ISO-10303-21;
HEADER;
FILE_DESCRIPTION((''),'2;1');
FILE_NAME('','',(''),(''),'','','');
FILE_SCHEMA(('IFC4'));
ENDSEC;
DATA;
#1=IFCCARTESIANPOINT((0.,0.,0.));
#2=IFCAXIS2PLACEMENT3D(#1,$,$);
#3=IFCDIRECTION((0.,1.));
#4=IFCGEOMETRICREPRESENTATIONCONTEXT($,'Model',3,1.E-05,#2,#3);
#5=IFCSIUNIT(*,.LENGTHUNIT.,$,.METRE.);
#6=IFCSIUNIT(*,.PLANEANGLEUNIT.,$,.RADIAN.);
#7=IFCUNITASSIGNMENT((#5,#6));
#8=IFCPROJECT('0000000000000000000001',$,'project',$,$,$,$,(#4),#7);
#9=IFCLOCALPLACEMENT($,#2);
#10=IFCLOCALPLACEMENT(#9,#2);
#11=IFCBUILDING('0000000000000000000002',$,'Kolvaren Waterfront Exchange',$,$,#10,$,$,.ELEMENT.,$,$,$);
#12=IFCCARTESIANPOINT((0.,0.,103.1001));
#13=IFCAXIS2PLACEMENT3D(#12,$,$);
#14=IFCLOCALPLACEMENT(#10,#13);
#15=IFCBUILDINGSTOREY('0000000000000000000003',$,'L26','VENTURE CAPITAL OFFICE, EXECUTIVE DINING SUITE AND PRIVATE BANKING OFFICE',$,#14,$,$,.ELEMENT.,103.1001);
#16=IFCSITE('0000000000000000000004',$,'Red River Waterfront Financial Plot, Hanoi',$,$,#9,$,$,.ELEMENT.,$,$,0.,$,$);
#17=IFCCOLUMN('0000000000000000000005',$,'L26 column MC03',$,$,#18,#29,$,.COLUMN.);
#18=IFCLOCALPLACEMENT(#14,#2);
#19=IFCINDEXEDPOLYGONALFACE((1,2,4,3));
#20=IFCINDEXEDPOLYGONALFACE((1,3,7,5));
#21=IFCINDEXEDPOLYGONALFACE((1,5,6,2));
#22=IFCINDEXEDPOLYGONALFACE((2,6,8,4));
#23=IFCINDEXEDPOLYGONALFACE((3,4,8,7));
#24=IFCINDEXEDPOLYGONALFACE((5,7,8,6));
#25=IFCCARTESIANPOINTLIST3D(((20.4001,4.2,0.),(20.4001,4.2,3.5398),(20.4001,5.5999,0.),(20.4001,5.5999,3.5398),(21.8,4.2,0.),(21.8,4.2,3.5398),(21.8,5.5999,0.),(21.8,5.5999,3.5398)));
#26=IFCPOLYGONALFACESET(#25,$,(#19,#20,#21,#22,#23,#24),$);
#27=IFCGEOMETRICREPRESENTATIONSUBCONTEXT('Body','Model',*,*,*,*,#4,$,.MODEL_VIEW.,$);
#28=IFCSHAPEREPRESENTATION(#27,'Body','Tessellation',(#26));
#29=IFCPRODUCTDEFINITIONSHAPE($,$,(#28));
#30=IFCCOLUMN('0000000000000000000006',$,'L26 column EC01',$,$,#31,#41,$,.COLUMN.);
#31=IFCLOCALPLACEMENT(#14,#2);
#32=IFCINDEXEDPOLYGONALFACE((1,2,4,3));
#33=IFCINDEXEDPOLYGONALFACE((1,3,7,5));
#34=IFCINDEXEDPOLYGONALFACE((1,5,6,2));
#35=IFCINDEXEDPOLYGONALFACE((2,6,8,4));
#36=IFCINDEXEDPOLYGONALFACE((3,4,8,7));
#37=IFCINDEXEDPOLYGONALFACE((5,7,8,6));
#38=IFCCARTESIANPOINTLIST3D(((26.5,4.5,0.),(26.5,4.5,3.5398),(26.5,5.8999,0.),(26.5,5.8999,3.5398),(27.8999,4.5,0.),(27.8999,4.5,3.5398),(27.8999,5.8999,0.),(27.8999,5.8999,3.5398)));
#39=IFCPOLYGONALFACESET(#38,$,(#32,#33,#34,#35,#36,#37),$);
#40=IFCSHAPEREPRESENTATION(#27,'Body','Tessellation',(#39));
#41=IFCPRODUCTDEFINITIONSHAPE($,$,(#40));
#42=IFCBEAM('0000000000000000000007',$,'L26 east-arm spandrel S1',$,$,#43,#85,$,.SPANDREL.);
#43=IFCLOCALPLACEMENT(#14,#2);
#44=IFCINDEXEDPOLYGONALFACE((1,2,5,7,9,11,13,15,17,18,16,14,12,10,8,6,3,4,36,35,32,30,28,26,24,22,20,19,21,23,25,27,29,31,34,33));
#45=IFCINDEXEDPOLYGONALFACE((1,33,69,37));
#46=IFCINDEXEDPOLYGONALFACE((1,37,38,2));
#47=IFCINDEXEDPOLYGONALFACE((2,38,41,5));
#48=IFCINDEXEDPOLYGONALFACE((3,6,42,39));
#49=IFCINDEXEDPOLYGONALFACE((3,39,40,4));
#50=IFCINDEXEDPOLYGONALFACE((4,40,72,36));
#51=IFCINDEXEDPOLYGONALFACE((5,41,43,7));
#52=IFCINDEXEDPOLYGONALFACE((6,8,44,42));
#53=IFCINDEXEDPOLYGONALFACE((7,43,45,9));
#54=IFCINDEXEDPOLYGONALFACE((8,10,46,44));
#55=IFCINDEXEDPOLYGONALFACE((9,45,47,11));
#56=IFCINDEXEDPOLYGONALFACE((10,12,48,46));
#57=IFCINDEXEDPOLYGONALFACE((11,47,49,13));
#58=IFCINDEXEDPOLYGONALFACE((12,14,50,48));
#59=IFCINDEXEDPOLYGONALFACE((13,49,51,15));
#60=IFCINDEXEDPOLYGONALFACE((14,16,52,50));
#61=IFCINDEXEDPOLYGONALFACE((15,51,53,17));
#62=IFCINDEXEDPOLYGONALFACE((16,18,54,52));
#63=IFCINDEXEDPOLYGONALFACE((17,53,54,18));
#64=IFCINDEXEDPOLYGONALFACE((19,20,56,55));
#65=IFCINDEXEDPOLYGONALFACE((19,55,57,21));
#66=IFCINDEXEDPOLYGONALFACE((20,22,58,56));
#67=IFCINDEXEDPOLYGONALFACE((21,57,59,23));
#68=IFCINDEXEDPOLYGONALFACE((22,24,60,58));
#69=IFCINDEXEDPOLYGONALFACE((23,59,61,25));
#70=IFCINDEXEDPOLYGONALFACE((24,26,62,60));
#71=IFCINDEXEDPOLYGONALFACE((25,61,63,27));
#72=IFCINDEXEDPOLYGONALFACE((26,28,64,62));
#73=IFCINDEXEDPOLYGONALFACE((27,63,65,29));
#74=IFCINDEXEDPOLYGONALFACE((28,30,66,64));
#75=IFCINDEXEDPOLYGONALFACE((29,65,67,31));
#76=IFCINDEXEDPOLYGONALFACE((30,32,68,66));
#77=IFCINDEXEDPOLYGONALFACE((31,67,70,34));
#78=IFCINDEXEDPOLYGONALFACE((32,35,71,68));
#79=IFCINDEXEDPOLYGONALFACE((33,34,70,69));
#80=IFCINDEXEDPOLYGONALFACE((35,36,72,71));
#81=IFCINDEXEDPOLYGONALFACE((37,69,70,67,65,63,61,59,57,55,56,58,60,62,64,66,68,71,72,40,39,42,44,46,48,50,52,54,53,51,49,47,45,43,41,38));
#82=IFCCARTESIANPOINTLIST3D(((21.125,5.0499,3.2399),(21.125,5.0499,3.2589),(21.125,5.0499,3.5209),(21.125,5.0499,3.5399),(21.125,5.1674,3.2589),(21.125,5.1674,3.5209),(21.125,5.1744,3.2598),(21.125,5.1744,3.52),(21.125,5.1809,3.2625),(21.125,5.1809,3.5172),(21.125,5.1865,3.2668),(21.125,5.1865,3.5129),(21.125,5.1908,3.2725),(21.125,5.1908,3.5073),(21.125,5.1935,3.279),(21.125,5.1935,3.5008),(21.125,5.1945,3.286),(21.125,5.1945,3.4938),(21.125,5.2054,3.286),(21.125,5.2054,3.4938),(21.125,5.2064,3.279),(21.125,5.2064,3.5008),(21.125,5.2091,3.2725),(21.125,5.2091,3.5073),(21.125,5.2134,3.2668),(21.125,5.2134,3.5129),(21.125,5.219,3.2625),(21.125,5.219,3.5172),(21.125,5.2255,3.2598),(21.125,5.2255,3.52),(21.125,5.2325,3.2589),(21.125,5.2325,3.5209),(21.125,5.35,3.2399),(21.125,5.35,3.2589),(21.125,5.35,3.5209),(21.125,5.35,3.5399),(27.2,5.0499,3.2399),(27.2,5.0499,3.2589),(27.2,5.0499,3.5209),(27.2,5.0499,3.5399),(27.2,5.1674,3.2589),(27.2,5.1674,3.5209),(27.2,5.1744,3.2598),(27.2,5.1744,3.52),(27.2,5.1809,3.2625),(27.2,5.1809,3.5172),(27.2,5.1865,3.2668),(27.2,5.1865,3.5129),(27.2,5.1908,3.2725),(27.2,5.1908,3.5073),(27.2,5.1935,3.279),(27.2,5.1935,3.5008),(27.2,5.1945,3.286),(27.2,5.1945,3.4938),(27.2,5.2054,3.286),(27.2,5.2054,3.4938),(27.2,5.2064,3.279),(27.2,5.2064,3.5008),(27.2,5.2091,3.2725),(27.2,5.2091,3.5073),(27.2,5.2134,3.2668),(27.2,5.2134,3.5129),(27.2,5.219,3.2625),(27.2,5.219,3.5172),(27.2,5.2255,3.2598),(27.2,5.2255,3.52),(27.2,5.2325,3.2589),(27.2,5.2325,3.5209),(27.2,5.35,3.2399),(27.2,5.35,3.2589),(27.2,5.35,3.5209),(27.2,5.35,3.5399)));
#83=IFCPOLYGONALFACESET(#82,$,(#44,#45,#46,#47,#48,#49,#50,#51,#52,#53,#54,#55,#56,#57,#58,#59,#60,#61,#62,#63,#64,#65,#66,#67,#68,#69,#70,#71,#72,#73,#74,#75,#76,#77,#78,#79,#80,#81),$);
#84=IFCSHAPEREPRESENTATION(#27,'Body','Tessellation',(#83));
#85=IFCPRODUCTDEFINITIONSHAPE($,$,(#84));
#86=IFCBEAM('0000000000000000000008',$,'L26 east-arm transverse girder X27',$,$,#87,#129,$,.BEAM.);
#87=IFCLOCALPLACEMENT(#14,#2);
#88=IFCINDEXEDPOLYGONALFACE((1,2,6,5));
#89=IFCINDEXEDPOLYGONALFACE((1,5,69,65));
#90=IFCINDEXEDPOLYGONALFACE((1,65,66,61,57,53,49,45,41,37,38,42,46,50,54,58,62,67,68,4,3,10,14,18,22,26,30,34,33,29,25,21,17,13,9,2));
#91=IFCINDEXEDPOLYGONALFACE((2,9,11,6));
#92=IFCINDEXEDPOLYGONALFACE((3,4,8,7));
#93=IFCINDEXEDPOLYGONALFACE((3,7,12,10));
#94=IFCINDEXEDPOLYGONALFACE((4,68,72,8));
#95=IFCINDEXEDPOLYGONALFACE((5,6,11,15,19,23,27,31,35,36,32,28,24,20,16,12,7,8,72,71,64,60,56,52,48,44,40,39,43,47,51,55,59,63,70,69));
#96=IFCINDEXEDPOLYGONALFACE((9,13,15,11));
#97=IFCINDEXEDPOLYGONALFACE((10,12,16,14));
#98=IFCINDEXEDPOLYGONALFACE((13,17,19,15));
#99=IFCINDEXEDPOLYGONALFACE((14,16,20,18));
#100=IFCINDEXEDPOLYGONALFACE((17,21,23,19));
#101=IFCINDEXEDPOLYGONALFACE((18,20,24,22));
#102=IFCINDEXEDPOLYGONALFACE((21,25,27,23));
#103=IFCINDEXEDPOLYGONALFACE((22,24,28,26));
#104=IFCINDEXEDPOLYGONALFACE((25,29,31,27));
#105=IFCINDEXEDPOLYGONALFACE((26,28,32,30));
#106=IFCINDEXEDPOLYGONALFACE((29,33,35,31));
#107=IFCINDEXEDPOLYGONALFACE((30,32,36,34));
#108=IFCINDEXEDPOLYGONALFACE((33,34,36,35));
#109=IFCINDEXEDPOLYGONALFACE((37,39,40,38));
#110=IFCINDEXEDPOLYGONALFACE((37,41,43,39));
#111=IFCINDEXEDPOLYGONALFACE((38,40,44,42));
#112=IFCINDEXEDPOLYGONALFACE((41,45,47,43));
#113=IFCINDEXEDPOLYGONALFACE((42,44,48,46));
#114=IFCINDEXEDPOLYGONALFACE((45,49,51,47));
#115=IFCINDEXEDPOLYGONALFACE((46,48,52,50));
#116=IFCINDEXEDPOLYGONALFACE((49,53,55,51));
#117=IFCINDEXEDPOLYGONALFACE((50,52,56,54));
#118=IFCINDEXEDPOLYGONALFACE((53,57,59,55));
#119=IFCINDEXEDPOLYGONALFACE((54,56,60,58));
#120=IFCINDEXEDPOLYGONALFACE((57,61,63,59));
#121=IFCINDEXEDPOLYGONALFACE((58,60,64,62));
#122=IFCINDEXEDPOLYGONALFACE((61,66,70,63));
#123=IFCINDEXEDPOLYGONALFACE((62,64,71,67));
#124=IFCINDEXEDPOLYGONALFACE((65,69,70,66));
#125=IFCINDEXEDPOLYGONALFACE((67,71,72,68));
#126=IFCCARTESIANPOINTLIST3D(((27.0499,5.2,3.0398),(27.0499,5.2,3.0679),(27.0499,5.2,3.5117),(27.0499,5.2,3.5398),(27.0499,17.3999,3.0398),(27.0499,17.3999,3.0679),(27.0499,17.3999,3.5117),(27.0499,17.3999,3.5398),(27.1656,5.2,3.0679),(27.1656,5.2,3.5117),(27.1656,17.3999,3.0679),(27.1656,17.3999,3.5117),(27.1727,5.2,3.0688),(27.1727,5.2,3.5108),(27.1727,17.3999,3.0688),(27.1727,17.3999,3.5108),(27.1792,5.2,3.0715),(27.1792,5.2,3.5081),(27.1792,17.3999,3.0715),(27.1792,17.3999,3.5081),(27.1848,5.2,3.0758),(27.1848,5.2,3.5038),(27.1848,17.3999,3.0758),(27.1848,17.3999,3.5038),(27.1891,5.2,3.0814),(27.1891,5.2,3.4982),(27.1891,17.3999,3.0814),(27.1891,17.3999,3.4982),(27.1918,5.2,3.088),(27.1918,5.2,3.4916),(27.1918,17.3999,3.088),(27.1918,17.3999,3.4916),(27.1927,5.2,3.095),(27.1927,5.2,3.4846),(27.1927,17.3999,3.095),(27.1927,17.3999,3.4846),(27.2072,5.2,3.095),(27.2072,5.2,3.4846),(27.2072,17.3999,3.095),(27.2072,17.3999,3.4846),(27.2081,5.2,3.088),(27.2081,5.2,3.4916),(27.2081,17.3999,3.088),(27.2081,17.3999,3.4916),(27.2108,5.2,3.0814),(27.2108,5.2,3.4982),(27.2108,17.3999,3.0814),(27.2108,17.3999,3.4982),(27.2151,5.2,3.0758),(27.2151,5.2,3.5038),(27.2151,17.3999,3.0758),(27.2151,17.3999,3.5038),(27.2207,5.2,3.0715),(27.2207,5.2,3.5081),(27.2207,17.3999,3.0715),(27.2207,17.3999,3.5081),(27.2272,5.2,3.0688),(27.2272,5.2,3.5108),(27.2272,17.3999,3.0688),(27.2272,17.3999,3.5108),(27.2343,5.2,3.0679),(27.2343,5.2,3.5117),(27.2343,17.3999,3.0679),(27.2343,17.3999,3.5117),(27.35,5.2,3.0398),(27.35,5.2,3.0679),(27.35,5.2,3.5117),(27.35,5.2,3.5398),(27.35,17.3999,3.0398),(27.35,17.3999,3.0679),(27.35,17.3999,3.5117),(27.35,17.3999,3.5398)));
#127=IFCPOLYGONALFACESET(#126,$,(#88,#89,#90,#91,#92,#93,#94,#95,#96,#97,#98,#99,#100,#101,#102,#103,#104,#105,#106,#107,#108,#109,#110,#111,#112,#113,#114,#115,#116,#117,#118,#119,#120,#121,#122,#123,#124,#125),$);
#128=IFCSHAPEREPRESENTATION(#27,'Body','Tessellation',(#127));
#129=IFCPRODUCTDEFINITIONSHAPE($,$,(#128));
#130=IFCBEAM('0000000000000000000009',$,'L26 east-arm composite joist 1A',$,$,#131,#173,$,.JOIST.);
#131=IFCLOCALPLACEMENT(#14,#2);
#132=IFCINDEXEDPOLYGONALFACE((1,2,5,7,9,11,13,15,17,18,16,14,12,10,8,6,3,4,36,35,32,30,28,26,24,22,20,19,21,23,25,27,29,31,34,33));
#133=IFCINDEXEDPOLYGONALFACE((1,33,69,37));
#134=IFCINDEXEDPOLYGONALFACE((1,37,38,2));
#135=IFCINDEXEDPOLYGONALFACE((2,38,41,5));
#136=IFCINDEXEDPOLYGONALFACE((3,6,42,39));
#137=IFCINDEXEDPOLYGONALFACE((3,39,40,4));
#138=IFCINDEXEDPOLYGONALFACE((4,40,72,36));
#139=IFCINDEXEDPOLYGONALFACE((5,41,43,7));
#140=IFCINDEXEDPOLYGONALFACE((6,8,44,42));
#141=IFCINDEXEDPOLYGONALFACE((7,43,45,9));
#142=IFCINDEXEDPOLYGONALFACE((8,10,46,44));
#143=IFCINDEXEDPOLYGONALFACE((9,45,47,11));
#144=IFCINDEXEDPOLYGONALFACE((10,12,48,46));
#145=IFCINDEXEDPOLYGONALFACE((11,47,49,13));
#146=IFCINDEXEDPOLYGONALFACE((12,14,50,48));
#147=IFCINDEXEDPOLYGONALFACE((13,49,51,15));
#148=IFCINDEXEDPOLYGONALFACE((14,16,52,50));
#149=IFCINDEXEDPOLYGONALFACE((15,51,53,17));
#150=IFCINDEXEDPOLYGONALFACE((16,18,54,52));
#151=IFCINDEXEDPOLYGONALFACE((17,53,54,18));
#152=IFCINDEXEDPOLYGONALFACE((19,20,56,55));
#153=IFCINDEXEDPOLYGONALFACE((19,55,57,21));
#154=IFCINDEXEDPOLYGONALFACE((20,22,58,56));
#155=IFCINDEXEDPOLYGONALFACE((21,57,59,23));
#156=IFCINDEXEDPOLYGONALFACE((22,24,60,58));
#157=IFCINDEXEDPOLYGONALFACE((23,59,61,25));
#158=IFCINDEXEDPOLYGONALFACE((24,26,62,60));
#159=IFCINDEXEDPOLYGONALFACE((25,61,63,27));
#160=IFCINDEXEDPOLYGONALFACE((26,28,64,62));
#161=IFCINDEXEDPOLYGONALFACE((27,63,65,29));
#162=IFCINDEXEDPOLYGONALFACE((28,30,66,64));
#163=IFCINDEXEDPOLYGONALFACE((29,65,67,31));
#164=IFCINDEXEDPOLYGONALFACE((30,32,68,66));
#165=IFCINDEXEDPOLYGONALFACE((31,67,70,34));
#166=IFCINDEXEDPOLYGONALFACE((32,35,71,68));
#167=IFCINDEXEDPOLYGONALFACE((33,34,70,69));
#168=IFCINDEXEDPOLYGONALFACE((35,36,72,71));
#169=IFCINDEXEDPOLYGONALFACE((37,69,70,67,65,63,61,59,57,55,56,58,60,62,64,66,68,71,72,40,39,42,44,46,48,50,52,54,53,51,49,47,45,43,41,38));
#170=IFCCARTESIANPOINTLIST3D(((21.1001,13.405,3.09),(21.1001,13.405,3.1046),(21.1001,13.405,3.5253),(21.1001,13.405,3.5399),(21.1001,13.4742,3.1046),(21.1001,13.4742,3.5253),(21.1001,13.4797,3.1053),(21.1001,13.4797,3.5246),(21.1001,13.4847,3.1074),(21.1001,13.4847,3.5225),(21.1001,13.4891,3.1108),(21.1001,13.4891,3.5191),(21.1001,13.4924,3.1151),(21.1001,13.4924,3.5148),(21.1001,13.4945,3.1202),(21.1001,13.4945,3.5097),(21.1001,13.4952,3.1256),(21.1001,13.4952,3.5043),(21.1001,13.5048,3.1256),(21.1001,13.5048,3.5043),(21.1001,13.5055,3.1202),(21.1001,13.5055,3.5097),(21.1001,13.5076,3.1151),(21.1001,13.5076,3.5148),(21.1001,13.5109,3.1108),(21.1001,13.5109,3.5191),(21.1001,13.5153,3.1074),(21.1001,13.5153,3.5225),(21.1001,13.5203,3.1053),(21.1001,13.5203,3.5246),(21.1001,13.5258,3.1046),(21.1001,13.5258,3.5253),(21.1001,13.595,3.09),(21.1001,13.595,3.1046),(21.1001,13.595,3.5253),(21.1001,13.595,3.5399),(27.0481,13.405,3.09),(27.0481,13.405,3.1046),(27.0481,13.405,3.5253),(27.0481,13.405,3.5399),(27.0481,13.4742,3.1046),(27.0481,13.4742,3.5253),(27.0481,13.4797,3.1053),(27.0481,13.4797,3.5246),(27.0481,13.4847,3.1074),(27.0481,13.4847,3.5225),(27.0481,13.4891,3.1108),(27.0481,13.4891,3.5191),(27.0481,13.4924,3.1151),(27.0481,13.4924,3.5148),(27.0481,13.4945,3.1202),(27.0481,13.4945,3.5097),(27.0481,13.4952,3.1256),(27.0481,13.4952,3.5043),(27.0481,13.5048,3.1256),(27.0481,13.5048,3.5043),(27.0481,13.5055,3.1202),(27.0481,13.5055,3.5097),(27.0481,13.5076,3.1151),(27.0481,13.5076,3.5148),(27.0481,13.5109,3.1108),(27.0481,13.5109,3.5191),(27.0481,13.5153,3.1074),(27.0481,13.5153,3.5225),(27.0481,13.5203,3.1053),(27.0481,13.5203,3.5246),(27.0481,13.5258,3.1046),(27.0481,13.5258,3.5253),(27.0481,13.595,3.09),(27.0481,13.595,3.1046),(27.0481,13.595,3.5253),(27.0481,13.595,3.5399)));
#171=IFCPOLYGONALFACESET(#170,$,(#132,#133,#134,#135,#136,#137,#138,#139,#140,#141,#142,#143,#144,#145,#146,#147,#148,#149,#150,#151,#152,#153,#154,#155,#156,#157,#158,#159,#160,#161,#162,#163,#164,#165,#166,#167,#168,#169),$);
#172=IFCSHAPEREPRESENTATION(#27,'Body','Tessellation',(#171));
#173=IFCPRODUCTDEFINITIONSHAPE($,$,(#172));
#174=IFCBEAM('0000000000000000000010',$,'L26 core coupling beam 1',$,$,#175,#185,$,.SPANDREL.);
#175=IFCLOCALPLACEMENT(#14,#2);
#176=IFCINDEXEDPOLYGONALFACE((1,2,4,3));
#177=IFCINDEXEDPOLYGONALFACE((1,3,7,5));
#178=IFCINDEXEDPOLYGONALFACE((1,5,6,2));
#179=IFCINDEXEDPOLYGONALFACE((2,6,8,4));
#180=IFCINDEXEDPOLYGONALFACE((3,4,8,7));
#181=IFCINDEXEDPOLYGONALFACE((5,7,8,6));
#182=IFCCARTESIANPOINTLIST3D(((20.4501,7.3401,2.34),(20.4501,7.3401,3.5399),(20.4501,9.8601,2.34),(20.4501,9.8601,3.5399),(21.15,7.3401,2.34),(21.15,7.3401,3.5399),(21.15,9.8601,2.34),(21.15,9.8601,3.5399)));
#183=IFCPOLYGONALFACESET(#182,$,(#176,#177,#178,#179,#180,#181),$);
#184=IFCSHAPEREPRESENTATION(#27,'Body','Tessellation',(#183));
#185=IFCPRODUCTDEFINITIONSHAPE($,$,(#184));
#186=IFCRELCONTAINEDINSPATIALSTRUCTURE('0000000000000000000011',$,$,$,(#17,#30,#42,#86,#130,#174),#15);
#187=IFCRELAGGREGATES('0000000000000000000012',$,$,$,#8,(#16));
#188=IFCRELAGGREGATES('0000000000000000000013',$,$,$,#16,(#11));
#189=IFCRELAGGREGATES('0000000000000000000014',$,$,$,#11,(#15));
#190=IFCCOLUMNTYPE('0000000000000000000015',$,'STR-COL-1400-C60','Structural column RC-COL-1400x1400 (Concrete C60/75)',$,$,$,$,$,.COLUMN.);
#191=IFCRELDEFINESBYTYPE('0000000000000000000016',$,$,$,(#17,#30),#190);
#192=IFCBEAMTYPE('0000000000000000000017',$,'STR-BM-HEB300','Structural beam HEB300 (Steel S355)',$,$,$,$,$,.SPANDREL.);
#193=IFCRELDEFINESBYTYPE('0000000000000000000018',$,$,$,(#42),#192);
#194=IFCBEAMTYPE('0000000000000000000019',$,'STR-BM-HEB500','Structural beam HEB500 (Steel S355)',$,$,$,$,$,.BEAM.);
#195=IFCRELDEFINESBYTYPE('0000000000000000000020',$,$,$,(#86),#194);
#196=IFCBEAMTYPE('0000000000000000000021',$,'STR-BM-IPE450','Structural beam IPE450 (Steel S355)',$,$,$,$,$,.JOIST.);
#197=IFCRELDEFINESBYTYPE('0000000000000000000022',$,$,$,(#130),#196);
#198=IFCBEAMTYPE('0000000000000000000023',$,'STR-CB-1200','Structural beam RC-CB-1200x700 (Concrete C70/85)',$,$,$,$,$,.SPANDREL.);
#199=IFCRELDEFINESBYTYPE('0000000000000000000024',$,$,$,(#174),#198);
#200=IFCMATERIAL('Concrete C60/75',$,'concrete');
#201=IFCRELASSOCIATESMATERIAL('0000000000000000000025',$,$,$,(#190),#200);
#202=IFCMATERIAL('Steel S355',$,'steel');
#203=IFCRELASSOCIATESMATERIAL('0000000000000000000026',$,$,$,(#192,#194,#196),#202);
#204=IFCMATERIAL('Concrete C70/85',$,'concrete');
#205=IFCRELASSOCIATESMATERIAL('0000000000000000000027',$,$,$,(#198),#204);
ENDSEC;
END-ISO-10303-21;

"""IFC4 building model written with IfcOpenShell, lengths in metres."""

from ifc_helpers import new_model, si_unit, direction, frame, origin, origin_2d, place, context, subcontext, project, spatial, rectangle, i_section, extrude, material, material_profile, profile_set, type_object, element, save


model = new_model("IFC4")

# Units and contexts
model_context = context("Model", 3, precision=1e-05, world=origin(), true_north=direction((0.0, 1.0)))
body_context = subcontext(model_context, "Body", "Model", "MODEL_VIEW")
ifc_project = project(units=[si_unit("LENGTHUNIT", "METRE"), si_unit("PLANEANGLEUNIT", "RADIAN")], contexts=[model_context])

# Site, building, storey
site_placement = place(None, origin())
site = spatial("IfcSite", under=ifc_project, at=site_placement, Name="Red River Waterfront Financial Plot, Hanoi", CompositionType="ELEMENT", RefElevation=0.0)
building_placement = place(site_placement, origin())
building = spatial("IfcBuilding", under=site, at=building_placement, Name="Kolvaren Waterfront Exchange", CompositionType="ELEMENT")
storey_placement = place(building_placement, frame((0.0, 0.0, 103.1001)))
storey = spatial("IfcBuildingStorey", under=building, at=storey_placement, Name="L26", Description="VENTURE CAPITAL OFFICE, EXECUTIVE DINING SUITE AND PRIVATE BANKING OFFICE", CompositionType="ELEMENT", Elevation=103.1001)

# Columns
ifc_material_1 = material(Name="Concrete C60/75", Category="concrete")
ifc_material_profile_1 = material_profile(ifc_material_1, rectangle(XDim=1.3999, YDim=1.3999, at=origin_2d()), Name="RC-COL-1400x1400")
ifc_profile_set_1 = profile_set([ifc_material_profile_1], Name="Concrete C60/75")
column_type = type_object("IfcColumnType", Name="STR-COL-1400-C60", Description="Structural column RC-COL-1400x1400 (Concrete C60/75)", PredefinedType="COLUMN", material=ifc_profile_set_1)
for number, where, z_axis, x_axis, name in (
    (1, (21.1001, 4.8999, 0.0), (0.0, 0.0, 1.0), (1.0, 0.0, 0.0), "L26 column MC03"),
    (2, (27.2, 5.2, 0.0), (0.0, 0.0, 1.0), (1.0, 0.0, 0.0), "L26 column EC01"),
):
    element("IfcColumn", number, at=place(storey_placement, frame(where, z_axis=z_axis, x_axis=x_axis)), inside=storey, type_object=column_type, Name=name, PredefinedType="COLUMN", context=body_context, shape_type="SweptSolid", body=[
        extrude(rectangle(XDim=1.3999, YDim=1.3999, at=origin_2d()), origin(), (0.0, 0.0, 1.0), 3.5398),
    ])

# Beams
ifc_material_2 = material(Name="Steel S355", Category="steel")
ifc_material_profile_2 = material_profile(ifc_material_2, i_section(OverallWidth=0.3, OverallDepth=0.3, WebThickness=0.011, FlangeThickness=0.019, FilletRadius=0.0271, at=origin_2d()), Name="HEB300")
ifc_profile_set_2 = profile_set([ifc_material_profile_2], Name="Steel S355")
beam_type_1 = type_object("IfcBeamType", Name="STR-BM-HEB300", Description="Structural beam HEB300 (Steel S355)", PredefinedType="SPANDREL", material=ifc_profile_set_2)
beam_1_placement = place(storey_placement, frame((21.125, 5.2, 3.3899), z_axis=(1.0, 0.0, 0.0), x_axis=(0.0, 1.0, 0.0)))
element("IfcBeam", 3, at=beam_1_placement, inside=storey, type_object=beam_type_1, Name="L26 east-arm spandrel S1", PredefinedType="SPANDREL", context=body_context, shape_type="SweptSolid", body=[
    extrude(i_section(OverallWidth=0.3, OverallDepth=0.3, WebThickness=0.011, FlangeThickness=0.019, FilletRadius=0.0271, at=origin_2d()), origin(), (0.0, 0.0, 1.0), 6.075),
])
ifc_material_profile_3 = material_profile(ifc_material_2, i_section(OverallWidth=0.3, OverallDepth=0.5, WebThickness=0.0144, FlangeThickness=0.0281, FilletRadius=0.0271, at=origin_2d()), Name="HEB500")
ifc_profile_set_3 = profile_set([ifc_material_profile_3], Name="Steel S355")
beam_type_2 = type_object("IfcBeamType", Name="STR-BM-HEB500", Description="Structural beam HEB500 (Steel S355)", PredefinedType="BEAM", material=ifc_profile_set_3)
beam_2_placement = place(storey_placement, frame((27.2, 5.2, 3.2898), z_axis=(0.0, 1.0, 0.0), x_axis=(-1.0, 0.0, 0.0)))
element("IfcBeam", 4, at=beam_2_placement, inside=storey, type_object=beam_type_2, Name="L26 east-arm transverse girder X27", PredefinedType="BEAM", context=body_context, shape_type="SweptSolid", body=[
    extrude(i_section(OverallWidth=0.3, OverallDepth=0.5, WebThickness=0.0144, FlangeThickness=0.0281, FilletRadius=0.0271, at=origin_2d()), origin(), (0.0, 0.0, 1.0), 12.2),
])
ifc_material_profile_4 = material_profile(ifc_material_2, i_section(OverallWidth=0.1899, OverallDepth=0.45, WebThickness=0.0095, FlangeThickness=0.0146, FilletRadius=0.021, at=origin_2d()), Name="IPE450")
ifc_profile_set_4 = profile_set([ifc_material_profile_4], Name="Steel S355")
beam_type_3 = type_object("IfcBeamType", Name="STR-BM-IPE450", Description="Structural beam IPE450 (Steel S355)", PredefinedType="JOIST", material=ifc_profile_set_4)
beam_3_placement = place(storey_placement, frame((21.1001, 13.5, 3.3149), z_axis=(1.0, 0.0, 0.0), x_axis=(0.0, 1.0, 0.0)))
element("IfcBeam", 5, at=beam_3_placement, inside=storey, type_object=beam_type_3, Name="L26 east-arm composite joist 1A", PredefinedType="JOIST", context=body_context, shape_type="SweptSolid", body=[
    extrude(i_section(OverallWidth=0.1899, OverallDepth=0.45, WebThickness=0.0095, FlangeThickness=0.0146, FilletRadius=0.021, at=origin_2d()), origin(), (0.0, 0.0, 1.0), 5.948),
])
ifc_material_3 = material(Name="Concrete C70/85", Category="concrete")
ifc_material_profile_5 = material_profile(ifc_material_3, rectangle(XDim=0.7, YDim=1.2, at=origin_2d()), Name="RC-CB-1200x700")
ifc_profile_set_5 = profile_set([ifc_material_profile_5], Name="Concrete C70/85")
beam_type_4 = type_object("IfcBeamType", Name="STR-CB-1200", Description="Structural beam RC-CB-1200x700 (Concrete C70/85)", PredefinedType="SPANDREL", material=ifc_profile_set_5)
beam_4_placement = place(storey_placement, frame((20.8, 7.3401, 2.9399), z_axis=(0.0, 1.0, 0.0), x_axis=(-1.0, 0.0, 0.0)))
element("IfcBeam", 6, at=beam_4_placement, inside=storey, type_object=beam_type_4, Name="L26 core coupling beam 1", PredefinedType="SPANDREL", context=body_context, shape_type="SweptSolid", body=[
    extrude(rectangle(XDim=0.7, YDim=1.2, at=origin_2d()), origin(), (0.0, 0.0, 1.0), 2.52),
])

save(model, "model.ifc")
